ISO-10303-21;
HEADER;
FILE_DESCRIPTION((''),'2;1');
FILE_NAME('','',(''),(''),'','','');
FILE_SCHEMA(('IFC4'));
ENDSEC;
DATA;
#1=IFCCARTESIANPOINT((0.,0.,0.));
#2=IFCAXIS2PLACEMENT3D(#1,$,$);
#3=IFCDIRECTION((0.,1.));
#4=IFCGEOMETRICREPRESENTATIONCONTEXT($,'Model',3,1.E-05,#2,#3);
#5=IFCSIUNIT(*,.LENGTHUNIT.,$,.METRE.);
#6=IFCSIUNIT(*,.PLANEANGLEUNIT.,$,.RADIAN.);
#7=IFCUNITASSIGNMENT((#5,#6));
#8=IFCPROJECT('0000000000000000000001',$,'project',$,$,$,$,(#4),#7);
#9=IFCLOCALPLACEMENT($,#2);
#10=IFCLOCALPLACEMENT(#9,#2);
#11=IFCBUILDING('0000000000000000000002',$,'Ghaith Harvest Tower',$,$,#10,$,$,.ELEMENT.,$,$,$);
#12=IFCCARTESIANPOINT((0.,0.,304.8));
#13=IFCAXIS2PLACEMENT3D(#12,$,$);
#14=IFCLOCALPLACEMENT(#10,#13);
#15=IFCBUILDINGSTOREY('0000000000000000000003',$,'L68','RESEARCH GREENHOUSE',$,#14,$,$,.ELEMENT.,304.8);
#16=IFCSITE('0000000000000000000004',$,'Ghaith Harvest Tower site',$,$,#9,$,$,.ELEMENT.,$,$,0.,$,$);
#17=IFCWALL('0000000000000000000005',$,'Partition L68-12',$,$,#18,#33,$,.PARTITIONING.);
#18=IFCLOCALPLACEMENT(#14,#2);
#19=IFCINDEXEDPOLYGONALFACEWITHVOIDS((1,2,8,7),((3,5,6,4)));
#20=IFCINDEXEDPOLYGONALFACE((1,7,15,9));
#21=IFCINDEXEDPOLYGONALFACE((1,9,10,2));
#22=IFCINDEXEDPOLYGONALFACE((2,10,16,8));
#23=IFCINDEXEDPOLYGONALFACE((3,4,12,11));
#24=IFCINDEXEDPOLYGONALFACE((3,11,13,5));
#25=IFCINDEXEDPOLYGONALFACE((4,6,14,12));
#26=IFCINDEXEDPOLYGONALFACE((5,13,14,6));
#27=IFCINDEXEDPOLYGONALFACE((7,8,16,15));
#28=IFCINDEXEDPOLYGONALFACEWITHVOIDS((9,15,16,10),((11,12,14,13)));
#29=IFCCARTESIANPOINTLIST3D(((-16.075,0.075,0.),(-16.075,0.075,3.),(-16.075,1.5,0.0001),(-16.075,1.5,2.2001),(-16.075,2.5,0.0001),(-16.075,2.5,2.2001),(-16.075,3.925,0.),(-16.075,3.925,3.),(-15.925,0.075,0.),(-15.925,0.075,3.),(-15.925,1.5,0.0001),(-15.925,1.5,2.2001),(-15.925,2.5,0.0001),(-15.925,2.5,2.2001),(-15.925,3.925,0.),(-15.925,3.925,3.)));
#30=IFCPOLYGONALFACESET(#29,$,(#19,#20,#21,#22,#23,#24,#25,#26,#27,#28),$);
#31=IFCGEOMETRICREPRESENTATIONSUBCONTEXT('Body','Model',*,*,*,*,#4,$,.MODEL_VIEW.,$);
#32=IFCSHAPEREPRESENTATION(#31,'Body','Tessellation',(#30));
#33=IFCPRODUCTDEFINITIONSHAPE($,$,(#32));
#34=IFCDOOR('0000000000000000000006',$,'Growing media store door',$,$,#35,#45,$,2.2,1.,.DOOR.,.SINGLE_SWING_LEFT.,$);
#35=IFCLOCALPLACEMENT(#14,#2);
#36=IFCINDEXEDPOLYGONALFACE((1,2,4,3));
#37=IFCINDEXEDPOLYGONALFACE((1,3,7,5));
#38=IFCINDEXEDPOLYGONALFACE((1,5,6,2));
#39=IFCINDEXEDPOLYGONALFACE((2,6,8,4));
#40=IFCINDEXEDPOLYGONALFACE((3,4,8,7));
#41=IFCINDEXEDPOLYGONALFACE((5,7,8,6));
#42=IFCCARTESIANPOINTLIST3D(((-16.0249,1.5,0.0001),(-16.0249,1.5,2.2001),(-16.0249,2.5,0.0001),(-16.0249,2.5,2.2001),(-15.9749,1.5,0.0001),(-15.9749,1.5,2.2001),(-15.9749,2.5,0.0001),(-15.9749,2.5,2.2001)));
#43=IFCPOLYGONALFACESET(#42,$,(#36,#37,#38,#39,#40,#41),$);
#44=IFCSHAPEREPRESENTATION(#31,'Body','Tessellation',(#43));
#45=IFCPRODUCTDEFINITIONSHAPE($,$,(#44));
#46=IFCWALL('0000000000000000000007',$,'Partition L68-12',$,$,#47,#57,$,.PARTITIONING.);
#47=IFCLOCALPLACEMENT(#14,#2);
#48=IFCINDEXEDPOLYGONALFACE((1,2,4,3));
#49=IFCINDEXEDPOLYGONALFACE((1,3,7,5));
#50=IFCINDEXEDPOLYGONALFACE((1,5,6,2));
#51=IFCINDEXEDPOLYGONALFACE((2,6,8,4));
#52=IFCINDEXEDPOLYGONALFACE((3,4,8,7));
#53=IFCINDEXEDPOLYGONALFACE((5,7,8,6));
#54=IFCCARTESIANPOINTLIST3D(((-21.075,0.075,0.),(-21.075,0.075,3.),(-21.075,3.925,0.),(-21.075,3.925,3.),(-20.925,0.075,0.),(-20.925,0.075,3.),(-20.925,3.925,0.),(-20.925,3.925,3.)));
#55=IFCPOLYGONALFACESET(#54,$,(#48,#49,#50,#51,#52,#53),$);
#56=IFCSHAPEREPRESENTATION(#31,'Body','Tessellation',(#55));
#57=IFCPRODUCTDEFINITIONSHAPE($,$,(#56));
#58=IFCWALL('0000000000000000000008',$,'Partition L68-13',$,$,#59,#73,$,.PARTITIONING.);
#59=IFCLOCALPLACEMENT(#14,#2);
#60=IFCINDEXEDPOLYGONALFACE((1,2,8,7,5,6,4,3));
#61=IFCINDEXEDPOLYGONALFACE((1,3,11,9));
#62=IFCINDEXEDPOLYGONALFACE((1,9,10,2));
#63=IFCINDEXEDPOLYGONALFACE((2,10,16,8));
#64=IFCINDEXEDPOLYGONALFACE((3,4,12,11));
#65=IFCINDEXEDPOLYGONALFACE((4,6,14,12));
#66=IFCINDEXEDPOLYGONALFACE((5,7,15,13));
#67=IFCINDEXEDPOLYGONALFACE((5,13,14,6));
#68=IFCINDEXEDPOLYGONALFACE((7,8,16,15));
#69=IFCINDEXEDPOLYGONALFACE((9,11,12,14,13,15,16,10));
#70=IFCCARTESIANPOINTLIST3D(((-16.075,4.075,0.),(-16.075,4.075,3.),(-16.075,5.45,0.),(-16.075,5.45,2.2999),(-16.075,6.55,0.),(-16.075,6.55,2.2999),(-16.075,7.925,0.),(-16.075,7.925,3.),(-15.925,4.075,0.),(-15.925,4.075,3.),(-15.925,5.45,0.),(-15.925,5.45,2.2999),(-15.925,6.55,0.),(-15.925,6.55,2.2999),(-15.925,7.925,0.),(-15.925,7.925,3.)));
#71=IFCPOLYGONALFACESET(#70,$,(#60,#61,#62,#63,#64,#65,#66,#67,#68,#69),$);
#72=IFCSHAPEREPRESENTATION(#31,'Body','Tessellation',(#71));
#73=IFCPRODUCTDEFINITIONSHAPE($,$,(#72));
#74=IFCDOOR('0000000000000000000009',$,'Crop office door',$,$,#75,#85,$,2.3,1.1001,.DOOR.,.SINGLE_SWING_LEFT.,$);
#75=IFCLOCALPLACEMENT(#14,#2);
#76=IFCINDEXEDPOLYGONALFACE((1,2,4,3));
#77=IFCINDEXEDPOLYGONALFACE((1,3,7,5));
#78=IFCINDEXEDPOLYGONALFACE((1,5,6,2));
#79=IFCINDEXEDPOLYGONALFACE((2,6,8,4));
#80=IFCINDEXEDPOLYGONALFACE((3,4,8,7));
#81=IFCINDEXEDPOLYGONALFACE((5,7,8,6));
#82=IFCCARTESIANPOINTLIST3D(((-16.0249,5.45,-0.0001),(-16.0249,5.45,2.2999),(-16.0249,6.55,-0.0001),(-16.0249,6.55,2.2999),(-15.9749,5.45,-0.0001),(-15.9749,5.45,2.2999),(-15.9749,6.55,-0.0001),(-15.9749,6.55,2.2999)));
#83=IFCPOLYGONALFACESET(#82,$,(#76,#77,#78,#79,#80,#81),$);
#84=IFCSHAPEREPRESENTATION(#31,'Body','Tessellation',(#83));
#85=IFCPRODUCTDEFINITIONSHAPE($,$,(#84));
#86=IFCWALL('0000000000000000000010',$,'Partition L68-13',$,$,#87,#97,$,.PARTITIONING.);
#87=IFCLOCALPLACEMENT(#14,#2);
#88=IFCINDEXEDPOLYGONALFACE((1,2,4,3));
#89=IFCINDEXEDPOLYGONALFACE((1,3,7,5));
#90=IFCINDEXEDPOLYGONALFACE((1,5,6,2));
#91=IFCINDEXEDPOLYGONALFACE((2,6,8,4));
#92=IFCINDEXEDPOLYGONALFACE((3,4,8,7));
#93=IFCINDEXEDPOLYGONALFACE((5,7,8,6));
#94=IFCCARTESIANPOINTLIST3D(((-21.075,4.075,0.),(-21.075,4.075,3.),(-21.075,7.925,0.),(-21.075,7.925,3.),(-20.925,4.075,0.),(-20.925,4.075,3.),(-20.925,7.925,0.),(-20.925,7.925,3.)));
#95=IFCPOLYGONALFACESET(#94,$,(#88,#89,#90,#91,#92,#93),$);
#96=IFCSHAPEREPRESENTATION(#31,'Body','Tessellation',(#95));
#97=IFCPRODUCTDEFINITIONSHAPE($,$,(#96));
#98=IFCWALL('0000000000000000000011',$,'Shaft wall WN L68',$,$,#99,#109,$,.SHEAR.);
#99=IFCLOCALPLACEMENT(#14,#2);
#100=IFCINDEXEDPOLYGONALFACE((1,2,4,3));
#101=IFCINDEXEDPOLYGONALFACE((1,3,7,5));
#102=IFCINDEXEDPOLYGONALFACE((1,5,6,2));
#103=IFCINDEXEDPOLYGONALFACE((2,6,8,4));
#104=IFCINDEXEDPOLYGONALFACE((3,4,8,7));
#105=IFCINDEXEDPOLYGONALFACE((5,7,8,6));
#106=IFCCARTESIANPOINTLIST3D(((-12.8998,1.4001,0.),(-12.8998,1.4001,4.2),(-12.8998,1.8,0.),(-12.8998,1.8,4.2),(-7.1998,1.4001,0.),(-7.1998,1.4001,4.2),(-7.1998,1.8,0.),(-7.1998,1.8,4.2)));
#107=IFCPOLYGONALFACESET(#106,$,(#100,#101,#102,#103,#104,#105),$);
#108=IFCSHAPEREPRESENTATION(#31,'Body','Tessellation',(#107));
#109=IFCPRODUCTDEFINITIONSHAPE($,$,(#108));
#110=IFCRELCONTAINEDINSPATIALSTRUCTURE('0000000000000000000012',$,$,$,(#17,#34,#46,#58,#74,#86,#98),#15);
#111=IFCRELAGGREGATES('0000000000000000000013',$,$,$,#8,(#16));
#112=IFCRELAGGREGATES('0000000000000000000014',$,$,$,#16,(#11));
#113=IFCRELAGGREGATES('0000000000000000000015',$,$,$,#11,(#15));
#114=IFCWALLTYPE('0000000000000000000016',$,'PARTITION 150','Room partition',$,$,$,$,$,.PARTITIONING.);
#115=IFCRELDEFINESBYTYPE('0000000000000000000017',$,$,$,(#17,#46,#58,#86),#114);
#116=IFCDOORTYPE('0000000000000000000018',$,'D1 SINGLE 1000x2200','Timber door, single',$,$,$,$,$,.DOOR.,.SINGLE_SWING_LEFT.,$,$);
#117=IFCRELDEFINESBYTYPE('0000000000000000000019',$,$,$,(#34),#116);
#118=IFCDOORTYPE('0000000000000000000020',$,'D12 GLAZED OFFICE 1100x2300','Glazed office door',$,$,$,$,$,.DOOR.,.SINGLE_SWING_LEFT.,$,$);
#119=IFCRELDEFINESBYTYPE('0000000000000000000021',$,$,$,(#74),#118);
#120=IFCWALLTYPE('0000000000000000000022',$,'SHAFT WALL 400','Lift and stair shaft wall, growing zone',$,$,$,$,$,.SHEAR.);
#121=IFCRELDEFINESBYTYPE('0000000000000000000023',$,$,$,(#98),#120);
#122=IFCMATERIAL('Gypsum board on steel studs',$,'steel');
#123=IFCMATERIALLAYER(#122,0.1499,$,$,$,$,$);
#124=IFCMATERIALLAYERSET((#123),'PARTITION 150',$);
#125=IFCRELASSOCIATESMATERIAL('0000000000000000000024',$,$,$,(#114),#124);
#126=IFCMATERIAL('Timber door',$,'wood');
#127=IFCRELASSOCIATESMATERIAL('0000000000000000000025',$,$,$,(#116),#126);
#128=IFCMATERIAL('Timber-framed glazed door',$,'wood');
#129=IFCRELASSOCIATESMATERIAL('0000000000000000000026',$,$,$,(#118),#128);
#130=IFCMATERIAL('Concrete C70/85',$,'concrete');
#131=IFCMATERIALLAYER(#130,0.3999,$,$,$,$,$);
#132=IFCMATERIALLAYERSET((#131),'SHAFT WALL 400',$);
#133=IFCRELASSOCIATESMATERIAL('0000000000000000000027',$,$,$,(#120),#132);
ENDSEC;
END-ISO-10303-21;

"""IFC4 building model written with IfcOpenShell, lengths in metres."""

from ifc_helpers import new_model, si_unit, direction, frame, frame_2d, origin, place, context, subcontext, project, spatial, rectangle, extrude, material, layer, layer_set, type_object, element, fill, save


model = new_model("IFC4")

# Units and contexts
model_context = context("Model", 3, precision=1e-05, world=origin(), true_north=direction((0.0, 1.0)))
body_context = subcontext(model_context, "Body", "Model", "MODEL_VIEW")
ifc_project = project(units=[si_unit("LENGTHUNIT", "METRE"), si_unit("PLANEANGLEUNIT", "RADIAN")], contexts=[model_context])

# Site, building, storey
site_placement = place(None, origin())
site = spatial("IfcSite", under=ifc_project, at=site_placement, Name="Ghaith Harvest Tower site", CompositionType="ELEMENT", RefElevation=0.0)
building_placement = place(site_placement, origin())
building = spatial("IfcBuilding", under=site, at=building_placement, Name="Ghaith Harvest Tower", CompositionType="ELEMENT")
storey_placement = place(building_placement, frame((0.0, 0.0, 304.8)))
storey = spatial("IfcBuildingStorey", under=building, at=storey_placement, Name="L68", Description="RESEARCH GREENHOUSE", CompositionType="ELEMENT", Elevation=304.8)

# Shared definitions
ifc_material_1 = material(Name="Gypsum board on steel studs", Category="steel")
ifc_layer_1 = layer(ifc_material_1, 0.1499)
ifc_layer_set_1 = layer_set([ifc_layer_1], Name="PARTITION 150")
wall_type_1 = type_object("IfcWallType", Name="PARTITION 150", Description="Room partition", PredefinedType="PARTITIONING", material=ifc_layer_set_1)

# Wall, opening, door
wall_1_placement = place(storey_placement, frame((-16.0, 0.075, 0.0), z_axis=(0.0, 0.0, 1.0), x_axis=(0.0, 1.0, 0.0)))
wall_1 = element("IfcWall", 1, at=wall_1_placement, inside=storey, type_object=wall_type_1, Name="Partition L68-12", PredefinedType="PARTITIONING", context=body_context, shape_type="SweptSolid", body=[
    extrude(rectangle(XDim=3.8501, YDim=0.1499, at=frame_2d((1.925, 0.0))), origin(), (0.0, 0.0, 1.0), 3.0),
])
opening_1_placement = place(wall_1_placement, frame((1.425, 0.0, 0.0)))
opening_1 = element("IfcOpeningElement", 2, at=opening_1_placement, cuts=wall_1, PredefinedType="OPENING", context=body_context, shape_type="SweptSolid", body=[
    extrude(rectangle(XDim=1.0, YDim=2.2, at=frame_2d((0.5, 1.1001))), frame((0.0, 0.085, 0.0), z_axis=(0.0, -1.0, 0.0), x_axis=(1.0, 0.0, 0.0)), (0.0, 0.0, 1.0), 0.1699),
])
ifc_material_2 = material(Name="Timber door", Category="wood")
door_type_1 = type_object("IfcDoorType", Name="D1 SINGLE 1000x2200", Description="Timber door, single", OperationType="SINGLE_SWING_LEFT", PredefinedType="DOOR", material=ifc_material_2)
door_1_placement = place(opening_1_placement, origin())
door_1 = element("IfcDoor", 3, at=door_1_placement, inside=storey, type_object=door_type_1, Name="Growing media store door", OperationType="SINGLE_SWING_LEFT", OverallHeight=2.2, OverallWidth=1.0, PredefinedType="DOOR", context=body_context, shape_type="SweptSolid", body=[
    extrude(rectangle(XDim=1.0, YDim=2.2, at=frame_2d((0.5, 1.1001))), frame((0.0, 0.0249, 0.0), z_axis=(0.0, -1.0, 0.0), x_axis=(1.0, 0.0, 0.0)), (0.0, 0.0, 1.0), 0.05),
])
fill(opening_1, door_1)

# Wall
wall_2_placement = place(storey_placement, frame((-21.0, 0.075, 0.0), z_axis=(0.0, 0.0, 1.0), x_axis=(0.0, 1.0, 0.0)))
element("IfcWall", 4, at=wall_2_placement, inside=storey, type_object=wall_type_1, Name="Partition L68-12", PredefinedType="PARTITIONING", context=body_context, shape_type="SweptSolid", body=[
    extrude(rectangle(XDim=3.8501, YDim=0.1499, at=frame_2d((1.925, 0.0))), origin(), (0.0, 0.0, 1.0), 3.0),
])

# Wall, opening, door
wall_3_placement = place(storey_placement, frame((-16.0, 4.075, 0.0), z_axis=(0.0, 0.0, 1.0), x_axis=(0.0, 1.0, 0.0)))
wall_3 = element("IfcWall", 5, at=wall_3_placement, inside=storey, type_object=wall_type_1, Name="Partition L68-13", PredefinedType="PARTITIONING", context=body_context, shape_type="SweptSolid", body=[
    extrude(rectangle(XDim=3.8501, YDim=0.1499, at=frame_2d((1.925, 0.0))), origin(), (0.0, 0.0, 1.0), 3.0),
])
opening_2_placement = place(wall_3_placement, frame((1.375, 0.0, 0.0)))
opening_2 = element("IfcOpeningElement", 6, at=opening_2_placement, cuts=wall_3, PredefinedType="OPENING", context=body_context, shape_type="SweptSolid", body=[
    extrude(rectangle(XDim=1.1001, YDim=2.3, at=frame_2d((0.55, 1.1499))), frame((0.0, 0.085, 0.0), z_axis=(0.0, -1.0, 0.0), x_axis=(1.0, 0.0, 0.0)), (0.0, 0.0, 1.0), 0.1699),
])
ifc_material_3 = material(Name="Timber-framed glazed door", Category="wood")
door_type_2 = type_object("IfcDoorType", Name="D12 GLAZED OFFICE 1100x2300", Description="Glazed office door", OperationType="SINGLE_SWING_LEFT", PredefinedType="DOOR", material=ifc_material_3)
door_2_placement = place(opening_2_placement, origin())
door_2 = element("IfcDoor", 7, at=door_2_placement, inside=storey, type_object=door_type_2, Name="Crop office door", OperationType="SINGLE_SWING_LEFT", OverallHeight=2.3, OverallWidth=1.1001, PredefinedType="DOOR", context=body_context, shape_type="SweptSolid", body=[
    extrude(rectangle(XDim=1.1001, YDim=2.3, at=frame_2d((0.55, 1.1499))), frame((0.0, 0.0249, 0.0), z_axis=(0.0, -1.0, 0.0), x_axis=(1.0, 0.0, 0.0)), (0.0, 0.0, 1.0), 0.05),
])
fill(opening_2, door_2)

# Walls
wall_4_placement = place(storey_placement, frame((-21.0, 4.075, 0.0), z_axis=(0.0, 0.0, 1.0), x_axis=(0.0, 1.0, 0.0)))
element("IfcWall", 8, at=wall_4_placement, inside=storey, type_object=wall_type_1, Name="Partition L68-13", PredefinedType="PARTITIONING", context=body_context, shape_type="SweptSolid", body=[
    extrude(rectangle(XDim=3.8501, YDim=0.1499, at=frame_2d((1.925, 0.0))), origin(), (0.0, 0.0, 1.0), 3.0),
])
ifc_material_4 = material(Name="Concrete C70/85", Category="concrete")
ifc_layer_2 = layer(ifc_material_4, 0.3999)
ifc_layer_set_2 = layer_set([ifc_layer_2], Name="SHAFT WALL 400")
wall_type_2 = type_object("IfcWallType", Name="SHAFT WALL 400", Description="Lift and stair shaft wall, growing zone", PredefinedType="SHEAR", material=ifc_layer_set_2)
wall_5_placement = place(storey_placement, frame((-12.8999, 1.6001, 0.0), z_axis=(0.0, 0.0, 1.0), x_axis=(1.0, 0.0, 0.0)))
element("IfcWall", 9, at=wall_5_placement, inside=storey, type_object=wall_type_2, Name="Shaft wall WN L68", PredefinedType="SHEAR", context=body_context, shape_type="SweptSolid", body=[
    extrude(rectangle(XDim=5.7, YDim=0.3999, at=frame_2d((2.8501, 0.0))), origin(), (0.0, 0.0, 1.0), 4.2),
])

save(model, "model.ifc")
